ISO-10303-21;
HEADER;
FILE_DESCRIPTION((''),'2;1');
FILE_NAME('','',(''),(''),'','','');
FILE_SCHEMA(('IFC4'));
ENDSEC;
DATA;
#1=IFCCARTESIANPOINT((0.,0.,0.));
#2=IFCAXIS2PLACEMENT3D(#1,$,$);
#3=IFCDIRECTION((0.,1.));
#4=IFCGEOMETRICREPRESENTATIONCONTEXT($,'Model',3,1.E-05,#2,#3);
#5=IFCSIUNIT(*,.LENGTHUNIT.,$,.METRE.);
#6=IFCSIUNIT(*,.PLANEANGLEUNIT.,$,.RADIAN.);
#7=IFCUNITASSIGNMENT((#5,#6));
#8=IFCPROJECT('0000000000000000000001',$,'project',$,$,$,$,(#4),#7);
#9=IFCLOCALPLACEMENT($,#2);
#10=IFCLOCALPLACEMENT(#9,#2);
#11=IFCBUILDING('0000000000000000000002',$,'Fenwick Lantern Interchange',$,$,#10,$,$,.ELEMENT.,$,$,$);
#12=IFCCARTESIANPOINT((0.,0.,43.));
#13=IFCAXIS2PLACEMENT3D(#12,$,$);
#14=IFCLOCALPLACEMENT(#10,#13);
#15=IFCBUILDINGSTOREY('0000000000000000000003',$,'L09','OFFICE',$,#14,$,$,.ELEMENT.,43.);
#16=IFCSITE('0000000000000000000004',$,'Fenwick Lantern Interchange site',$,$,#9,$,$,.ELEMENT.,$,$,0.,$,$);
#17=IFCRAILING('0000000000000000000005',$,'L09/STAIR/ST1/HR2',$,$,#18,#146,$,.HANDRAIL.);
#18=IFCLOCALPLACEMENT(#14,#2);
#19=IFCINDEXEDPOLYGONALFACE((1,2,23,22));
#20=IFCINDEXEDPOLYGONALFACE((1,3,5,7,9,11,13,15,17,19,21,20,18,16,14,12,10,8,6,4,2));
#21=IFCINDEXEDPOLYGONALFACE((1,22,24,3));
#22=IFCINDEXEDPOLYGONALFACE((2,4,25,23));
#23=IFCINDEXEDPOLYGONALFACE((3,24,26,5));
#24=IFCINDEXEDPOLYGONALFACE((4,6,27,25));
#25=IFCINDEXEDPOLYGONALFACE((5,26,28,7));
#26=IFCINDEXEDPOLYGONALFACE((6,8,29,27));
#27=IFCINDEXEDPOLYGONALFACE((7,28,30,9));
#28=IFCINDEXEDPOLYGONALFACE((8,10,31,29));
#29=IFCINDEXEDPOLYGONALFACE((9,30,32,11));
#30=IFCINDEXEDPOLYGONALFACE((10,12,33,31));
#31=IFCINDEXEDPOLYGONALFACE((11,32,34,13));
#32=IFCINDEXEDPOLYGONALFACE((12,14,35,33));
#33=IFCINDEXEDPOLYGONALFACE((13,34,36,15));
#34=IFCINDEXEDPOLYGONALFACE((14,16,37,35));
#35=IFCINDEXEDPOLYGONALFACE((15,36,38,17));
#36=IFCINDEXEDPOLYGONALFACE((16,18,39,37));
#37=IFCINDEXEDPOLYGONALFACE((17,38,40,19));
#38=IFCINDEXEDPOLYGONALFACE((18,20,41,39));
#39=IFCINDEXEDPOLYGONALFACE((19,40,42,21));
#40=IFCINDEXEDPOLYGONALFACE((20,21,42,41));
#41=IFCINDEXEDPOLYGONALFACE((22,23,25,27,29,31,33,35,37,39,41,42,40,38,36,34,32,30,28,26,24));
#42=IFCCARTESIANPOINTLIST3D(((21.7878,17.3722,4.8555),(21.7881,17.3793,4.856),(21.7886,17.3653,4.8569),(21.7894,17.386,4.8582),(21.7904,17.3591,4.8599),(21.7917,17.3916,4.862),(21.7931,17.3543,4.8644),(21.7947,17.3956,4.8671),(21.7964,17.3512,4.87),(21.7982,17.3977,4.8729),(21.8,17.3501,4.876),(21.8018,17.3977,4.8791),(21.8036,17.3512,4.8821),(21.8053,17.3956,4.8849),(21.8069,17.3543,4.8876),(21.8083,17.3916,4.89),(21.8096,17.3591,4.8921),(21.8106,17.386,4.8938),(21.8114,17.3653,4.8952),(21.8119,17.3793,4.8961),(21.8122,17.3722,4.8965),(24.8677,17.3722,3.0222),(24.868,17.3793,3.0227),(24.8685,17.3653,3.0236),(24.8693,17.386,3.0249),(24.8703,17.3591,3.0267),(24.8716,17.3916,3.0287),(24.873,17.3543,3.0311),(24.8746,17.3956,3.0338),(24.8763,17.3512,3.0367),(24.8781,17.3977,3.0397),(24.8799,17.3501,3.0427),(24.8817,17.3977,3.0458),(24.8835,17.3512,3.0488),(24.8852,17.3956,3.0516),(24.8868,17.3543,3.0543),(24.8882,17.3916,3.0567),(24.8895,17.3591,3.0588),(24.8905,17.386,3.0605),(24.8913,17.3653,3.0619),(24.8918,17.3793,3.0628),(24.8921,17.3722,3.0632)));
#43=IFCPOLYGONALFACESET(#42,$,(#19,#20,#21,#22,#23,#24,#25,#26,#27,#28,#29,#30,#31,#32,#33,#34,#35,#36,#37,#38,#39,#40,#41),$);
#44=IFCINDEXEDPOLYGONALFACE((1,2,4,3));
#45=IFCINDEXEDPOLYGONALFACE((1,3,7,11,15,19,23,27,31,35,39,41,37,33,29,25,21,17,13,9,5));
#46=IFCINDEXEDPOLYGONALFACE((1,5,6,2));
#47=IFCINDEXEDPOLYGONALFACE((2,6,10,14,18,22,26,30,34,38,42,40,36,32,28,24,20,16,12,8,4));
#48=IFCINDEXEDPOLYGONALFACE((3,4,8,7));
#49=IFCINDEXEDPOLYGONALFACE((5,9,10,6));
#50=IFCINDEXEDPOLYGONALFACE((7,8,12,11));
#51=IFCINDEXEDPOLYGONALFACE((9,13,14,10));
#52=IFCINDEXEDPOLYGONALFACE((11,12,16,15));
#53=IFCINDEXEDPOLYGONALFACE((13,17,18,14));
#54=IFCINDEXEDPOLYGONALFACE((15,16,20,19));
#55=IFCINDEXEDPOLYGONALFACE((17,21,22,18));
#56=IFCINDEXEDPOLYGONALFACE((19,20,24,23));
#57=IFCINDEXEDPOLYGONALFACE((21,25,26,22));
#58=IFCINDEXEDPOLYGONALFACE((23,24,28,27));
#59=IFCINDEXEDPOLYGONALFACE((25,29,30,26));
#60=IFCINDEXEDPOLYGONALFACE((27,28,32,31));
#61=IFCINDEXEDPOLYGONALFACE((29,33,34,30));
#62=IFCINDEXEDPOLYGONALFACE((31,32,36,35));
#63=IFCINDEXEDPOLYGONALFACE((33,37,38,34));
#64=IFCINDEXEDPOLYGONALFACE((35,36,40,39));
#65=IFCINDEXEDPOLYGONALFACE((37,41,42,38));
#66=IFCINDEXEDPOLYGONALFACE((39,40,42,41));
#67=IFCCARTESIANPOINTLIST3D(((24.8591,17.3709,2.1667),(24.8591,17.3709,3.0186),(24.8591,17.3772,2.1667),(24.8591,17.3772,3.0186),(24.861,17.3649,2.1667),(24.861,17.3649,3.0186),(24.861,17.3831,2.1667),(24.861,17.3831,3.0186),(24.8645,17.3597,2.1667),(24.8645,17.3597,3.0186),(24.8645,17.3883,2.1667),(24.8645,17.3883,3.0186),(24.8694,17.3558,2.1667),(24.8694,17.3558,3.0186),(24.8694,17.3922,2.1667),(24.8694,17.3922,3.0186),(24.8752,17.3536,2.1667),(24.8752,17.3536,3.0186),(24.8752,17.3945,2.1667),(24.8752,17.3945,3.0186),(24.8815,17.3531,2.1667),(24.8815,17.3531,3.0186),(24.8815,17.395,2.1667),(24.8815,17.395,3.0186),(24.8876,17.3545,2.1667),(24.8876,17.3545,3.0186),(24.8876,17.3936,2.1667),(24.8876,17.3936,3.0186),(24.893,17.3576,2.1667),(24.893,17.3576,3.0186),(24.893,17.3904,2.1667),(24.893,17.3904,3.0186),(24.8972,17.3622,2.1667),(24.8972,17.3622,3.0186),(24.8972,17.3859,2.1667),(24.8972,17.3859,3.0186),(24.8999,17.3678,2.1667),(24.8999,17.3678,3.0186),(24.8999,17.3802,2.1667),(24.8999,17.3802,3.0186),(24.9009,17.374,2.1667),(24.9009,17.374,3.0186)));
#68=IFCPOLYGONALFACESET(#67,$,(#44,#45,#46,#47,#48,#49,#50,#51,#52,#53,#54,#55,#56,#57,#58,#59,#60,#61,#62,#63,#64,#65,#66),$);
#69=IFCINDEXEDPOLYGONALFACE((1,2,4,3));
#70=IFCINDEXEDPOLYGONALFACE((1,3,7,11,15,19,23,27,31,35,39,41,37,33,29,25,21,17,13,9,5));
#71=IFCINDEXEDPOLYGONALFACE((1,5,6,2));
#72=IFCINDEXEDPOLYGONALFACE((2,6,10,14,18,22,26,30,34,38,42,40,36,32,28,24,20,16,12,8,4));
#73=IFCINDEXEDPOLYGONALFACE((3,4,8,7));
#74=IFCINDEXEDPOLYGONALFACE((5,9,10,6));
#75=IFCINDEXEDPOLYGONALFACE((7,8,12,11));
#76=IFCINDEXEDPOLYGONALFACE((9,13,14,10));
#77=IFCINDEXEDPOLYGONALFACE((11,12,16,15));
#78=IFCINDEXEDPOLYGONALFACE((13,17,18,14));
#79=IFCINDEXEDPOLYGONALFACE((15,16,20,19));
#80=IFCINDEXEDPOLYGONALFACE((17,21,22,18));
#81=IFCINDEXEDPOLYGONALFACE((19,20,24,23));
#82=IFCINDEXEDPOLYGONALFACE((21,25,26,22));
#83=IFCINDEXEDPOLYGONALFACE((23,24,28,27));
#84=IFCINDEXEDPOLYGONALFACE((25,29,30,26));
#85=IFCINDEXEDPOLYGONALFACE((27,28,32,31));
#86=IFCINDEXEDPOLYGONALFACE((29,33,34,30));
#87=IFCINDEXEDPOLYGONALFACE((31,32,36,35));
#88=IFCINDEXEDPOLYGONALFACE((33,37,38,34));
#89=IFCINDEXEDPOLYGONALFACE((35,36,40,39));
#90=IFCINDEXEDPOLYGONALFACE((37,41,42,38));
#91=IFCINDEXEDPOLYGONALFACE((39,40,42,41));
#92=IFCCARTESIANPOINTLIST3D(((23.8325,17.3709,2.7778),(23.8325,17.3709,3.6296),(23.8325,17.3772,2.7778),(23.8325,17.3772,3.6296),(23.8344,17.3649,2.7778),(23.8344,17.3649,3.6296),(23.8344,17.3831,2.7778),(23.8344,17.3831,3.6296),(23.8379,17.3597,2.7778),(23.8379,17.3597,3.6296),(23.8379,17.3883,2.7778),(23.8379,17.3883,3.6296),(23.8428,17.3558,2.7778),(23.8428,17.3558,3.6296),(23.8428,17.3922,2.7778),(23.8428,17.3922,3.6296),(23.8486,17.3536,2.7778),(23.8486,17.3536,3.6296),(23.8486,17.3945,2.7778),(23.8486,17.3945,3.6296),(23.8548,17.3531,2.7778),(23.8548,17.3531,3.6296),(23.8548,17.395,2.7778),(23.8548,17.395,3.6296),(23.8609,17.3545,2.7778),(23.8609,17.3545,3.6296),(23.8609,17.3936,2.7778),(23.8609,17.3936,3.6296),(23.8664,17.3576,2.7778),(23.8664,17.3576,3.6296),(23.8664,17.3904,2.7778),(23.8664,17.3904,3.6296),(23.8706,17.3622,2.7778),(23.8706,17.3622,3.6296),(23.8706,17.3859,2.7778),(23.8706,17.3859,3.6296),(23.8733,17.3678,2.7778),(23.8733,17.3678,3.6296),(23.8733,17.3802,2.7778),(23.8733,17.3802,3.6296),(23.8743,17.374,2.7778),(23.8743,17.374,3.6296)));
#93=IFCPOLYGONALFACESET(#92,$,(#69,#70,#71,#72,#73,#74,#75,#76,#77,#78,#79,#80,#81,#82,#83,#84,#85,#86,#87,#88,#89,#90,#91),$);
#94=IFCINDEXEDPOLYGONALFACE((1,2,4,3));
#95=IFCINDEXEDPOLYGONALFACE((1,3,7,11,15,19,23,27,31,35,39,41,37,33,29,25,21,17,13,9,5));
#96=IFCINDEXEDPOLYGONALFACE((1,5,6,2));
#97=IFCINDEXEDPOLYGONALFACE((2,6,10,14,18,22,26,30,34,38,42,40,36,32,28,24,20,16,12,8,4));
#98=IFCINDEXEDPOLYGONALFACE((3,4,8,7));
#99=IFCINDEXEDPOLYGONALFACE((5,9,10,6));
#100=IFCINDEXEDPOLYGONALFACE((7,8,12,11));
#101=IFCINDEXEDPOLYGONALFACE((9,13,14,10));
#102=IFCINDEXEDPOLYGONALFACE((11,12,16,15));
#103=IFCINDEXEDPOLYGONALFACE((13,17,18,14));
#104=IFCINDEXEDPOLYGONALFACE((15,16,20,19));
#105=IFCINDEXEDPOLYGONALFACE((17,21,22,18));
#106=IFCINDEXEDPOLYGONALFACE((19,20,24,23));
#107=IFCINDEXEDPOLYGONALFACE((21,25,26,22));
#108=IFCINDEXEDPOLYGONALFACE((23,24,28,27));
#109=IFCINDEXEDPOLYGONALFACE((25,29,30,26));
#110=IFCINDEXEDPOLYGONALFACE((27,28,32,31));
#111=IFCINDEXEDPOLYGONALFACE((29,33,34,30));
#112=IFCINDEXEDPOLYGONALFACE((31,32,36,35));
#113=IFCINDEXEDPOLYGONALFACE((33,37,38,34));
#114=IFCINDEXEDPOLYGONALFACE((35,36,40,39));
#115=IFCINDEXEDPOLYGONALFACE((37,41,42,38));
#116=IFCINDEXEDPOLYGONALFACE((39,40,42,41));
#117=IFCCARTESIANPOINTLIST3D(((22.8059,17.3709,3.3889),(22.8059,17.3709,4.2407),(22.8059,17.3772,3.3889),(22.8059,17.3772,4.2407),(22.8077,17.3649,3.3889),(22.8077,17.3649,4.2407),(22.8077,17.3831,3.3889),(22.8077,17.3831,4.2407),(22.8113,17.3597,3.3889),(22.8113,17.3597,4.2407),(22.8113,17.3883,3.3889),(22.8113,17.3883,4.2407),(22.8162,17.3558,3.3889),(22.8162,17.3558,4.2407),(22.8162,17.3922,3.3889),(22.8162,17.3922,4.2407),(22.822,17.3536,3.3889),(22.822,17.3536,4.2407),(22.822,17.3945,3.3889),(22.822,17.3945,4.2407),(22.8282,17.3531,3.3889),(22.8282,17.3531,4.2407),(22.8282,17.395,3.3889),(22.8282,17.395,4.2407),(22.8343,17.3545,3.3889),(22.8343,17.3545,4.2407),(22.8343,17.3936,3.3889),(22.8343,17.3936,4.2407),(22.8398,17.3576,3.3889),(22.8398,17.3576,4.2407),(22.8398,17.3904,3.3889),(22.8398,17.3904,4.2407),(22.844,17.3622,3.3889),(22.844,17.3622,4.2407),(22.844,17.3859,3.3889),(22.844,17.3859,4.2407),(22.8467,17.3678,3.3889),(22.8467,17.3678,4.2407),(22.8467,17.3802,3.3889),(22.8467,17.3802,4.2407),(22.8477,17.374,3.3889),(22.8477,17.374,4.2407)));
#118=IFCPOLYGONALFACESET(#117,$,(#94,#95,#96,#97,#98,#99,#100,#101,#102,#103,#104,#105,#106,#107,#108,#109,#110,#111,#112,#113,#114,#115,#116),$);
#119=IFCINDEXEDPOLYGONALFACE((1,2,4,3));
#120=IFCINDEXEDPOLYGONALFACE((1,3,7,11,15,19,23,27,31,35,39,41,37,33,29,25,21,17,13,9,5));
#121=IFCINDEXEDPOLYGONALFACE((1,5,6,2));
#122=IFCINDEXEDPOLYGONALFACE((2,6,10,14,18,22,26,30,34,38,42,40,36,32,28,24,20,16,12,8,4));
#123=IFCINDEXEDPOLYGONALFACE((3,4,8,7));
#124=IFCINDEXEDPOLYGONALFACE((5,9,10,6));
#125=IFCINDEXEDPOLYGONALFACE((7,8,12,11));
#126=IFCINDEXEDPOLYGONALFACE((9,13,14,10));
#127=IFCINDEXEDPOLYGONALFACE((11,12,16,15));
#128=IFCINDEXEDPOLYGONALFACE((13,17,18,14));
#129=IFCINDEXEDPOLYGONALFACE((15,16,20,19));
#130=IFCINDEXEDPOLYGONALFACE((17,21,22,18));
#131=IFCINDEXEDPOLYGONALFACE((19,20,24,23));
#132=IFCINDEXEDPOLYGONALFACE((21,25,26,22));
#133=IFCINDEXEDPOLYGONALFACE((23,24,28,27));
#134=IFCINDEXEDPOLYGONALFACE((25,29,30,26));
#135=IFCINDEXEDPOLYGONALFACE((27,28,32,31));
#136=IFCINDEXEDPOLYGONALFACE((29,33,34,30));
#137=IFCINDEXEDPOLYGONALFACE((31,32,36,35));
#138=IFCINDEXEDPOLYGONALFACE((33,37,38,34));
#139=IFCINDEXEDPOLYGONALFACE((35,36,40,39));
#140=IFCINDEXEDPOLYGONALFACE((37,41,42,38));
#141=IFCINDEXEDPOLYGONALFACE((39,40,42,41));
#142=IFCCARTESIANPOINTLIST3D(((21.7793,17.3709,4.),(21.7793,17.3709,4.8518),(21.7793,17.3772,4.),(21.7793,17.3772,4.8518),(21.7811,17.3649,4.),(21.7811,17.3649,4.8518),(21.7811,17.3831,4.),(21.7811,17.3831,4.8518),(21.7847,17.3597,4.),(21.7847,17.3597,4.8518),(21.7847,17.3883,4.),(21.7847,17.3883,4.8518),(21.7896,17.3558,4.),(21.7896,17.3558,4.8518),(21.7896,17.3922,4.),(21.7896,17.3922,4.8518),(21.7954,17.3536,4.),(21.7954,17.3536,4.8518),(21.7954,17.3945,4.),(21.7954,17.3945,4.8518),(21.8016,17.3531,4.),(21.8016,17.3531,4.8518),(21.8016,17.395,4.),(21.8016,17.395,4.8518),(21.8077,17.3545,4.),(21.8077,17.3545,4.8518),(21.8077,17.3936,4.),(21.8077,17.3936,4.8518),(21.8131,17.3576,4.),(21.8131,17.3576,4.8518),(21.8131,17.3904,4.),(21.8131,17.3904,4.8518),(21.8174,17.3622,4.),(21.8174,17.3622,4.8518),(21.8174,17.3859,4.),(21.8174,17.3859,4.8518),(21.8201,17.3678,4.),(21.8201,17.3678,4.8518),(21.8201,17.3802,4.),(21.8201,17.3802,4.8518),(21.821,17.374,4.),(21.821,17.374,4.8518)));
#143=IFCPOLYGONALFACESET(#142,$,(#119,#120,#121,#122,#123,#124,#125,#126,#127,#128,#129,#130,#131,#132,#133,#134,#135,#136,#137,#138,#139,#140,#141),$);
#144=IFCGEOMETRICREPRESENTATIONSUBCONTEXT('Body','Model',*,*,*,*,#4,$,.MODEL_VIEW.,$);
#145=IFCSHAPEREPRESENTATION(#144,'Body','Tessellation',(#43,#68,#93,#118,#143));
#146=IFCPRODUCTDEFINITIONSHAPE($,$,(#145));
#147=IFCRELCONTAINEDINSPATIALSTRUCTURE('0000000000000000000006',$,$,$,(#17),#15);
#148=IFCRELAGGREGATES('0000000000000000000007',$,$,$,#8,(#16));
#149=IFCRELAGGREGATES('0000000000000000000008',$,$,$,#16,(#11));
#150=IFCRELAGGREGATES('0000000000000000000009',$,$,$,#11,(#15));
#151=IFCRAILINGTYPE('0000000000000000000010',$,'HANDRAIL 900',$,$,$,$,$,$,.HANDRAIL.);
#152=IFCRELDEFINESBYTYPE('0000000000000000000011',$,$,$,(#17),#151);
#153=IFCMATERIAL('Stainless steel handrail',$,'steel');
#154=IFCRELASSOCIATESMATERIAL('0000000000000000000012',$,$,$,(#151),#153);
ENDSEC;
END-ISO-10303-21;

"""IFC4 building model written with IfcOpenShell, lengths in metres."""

from ifc_helpers import new_model, si_unit, direction, frame, origin, origin_2d, place, context, subcontext, project, spatial, circle, extrude, material, type_object, element, save


model = new_model("IFC4")

# Units and contexts
model_context = context("Model", 3, precision=1e-05, world=origin(), true_north=direction((0.0, 1.0)))
body_context = subcontext(model_context, "Body", "Model", "MODEL_VIEW")
ifc_project = project(units=[si_unit("LENGTHUNIT", "METRE"), si_unit("PLANEANGLEUNIT", "RADIAN")], contexts=[model_context])

# Site, building, storey
site_placement = place(None, origin())
site = spatial("IfcSite", under=ifc_project, at=site_placement, Name="Fenwick Lantern Interchange site", CompositionType="ELEMENT", RefElevation=0.0)
building_placement = place(site_placement, origin())
building = spatial("IfcBuilding", under=site, at=building_placement, Name="Fenwick Lantern Interchange", CompositionType="ELEMENT")
storey_placement = place(building_placement, frame((0.0, 0.0, 43.0)))
storey = spatial("IfcBuildingStorey", under=building, at=storey_placement, Name="L09", Description="OFFICE", CompositionType="ELEMENT", Elevation=43.0)

# Railing
ifc_material_1 = material(Name="Stainless steel handrail", Category="steel")
railing_type = type_object("IfcRailingType", Name="HANDRAIL 900", PredefinedType="HANDRAIL", material=ifc_material_1)
railing_1_placement = place(storey_placement, frame((24.8799, 17.374, 2.1667)))
element("IfcRailing", 1, at=railing_1_placement, inside=storey, type_object=railing_type, Name="L09/STAIR/ST1/HR2", PredefinedType="HANDRAIL", context=body_context, shape_type="SweptSolid", body=[
    extrude(circle(Radius=0.0239, at=origin_2d()), frame((0.0, 0.0, 0.876), z_axis=(-0.859291, 0.0, 0.511487), x_axis=(0.0, -1.0, 0.0)), (0.0, 0.0, 1.0), 3.5842),
    extrude(circle(Radius=0.021, at=origin_2d()), origin(), (0.0, 0.0, 1.0), 0.8518),
    extrude(circle(Radius=0.021, at=origin_2d()), frame((-1.0266, 0.0, 0.6111)), (0.0, 0.0, 1.0), 0.8518),
    extrude(circle(Radius=0.021, at=origin_2d()), frame((-2.0532, 0.0, 1.2222)), (0.0, 0.0, 1.0), 0.8518),
    extrude(circle(Radius=0.021, at=origin_2d()), frame((-3.0798, 0.0, 1.8333)), (0.0, 0.0, 1.0), 0.8518),
])

save(model, "model.ifc")
